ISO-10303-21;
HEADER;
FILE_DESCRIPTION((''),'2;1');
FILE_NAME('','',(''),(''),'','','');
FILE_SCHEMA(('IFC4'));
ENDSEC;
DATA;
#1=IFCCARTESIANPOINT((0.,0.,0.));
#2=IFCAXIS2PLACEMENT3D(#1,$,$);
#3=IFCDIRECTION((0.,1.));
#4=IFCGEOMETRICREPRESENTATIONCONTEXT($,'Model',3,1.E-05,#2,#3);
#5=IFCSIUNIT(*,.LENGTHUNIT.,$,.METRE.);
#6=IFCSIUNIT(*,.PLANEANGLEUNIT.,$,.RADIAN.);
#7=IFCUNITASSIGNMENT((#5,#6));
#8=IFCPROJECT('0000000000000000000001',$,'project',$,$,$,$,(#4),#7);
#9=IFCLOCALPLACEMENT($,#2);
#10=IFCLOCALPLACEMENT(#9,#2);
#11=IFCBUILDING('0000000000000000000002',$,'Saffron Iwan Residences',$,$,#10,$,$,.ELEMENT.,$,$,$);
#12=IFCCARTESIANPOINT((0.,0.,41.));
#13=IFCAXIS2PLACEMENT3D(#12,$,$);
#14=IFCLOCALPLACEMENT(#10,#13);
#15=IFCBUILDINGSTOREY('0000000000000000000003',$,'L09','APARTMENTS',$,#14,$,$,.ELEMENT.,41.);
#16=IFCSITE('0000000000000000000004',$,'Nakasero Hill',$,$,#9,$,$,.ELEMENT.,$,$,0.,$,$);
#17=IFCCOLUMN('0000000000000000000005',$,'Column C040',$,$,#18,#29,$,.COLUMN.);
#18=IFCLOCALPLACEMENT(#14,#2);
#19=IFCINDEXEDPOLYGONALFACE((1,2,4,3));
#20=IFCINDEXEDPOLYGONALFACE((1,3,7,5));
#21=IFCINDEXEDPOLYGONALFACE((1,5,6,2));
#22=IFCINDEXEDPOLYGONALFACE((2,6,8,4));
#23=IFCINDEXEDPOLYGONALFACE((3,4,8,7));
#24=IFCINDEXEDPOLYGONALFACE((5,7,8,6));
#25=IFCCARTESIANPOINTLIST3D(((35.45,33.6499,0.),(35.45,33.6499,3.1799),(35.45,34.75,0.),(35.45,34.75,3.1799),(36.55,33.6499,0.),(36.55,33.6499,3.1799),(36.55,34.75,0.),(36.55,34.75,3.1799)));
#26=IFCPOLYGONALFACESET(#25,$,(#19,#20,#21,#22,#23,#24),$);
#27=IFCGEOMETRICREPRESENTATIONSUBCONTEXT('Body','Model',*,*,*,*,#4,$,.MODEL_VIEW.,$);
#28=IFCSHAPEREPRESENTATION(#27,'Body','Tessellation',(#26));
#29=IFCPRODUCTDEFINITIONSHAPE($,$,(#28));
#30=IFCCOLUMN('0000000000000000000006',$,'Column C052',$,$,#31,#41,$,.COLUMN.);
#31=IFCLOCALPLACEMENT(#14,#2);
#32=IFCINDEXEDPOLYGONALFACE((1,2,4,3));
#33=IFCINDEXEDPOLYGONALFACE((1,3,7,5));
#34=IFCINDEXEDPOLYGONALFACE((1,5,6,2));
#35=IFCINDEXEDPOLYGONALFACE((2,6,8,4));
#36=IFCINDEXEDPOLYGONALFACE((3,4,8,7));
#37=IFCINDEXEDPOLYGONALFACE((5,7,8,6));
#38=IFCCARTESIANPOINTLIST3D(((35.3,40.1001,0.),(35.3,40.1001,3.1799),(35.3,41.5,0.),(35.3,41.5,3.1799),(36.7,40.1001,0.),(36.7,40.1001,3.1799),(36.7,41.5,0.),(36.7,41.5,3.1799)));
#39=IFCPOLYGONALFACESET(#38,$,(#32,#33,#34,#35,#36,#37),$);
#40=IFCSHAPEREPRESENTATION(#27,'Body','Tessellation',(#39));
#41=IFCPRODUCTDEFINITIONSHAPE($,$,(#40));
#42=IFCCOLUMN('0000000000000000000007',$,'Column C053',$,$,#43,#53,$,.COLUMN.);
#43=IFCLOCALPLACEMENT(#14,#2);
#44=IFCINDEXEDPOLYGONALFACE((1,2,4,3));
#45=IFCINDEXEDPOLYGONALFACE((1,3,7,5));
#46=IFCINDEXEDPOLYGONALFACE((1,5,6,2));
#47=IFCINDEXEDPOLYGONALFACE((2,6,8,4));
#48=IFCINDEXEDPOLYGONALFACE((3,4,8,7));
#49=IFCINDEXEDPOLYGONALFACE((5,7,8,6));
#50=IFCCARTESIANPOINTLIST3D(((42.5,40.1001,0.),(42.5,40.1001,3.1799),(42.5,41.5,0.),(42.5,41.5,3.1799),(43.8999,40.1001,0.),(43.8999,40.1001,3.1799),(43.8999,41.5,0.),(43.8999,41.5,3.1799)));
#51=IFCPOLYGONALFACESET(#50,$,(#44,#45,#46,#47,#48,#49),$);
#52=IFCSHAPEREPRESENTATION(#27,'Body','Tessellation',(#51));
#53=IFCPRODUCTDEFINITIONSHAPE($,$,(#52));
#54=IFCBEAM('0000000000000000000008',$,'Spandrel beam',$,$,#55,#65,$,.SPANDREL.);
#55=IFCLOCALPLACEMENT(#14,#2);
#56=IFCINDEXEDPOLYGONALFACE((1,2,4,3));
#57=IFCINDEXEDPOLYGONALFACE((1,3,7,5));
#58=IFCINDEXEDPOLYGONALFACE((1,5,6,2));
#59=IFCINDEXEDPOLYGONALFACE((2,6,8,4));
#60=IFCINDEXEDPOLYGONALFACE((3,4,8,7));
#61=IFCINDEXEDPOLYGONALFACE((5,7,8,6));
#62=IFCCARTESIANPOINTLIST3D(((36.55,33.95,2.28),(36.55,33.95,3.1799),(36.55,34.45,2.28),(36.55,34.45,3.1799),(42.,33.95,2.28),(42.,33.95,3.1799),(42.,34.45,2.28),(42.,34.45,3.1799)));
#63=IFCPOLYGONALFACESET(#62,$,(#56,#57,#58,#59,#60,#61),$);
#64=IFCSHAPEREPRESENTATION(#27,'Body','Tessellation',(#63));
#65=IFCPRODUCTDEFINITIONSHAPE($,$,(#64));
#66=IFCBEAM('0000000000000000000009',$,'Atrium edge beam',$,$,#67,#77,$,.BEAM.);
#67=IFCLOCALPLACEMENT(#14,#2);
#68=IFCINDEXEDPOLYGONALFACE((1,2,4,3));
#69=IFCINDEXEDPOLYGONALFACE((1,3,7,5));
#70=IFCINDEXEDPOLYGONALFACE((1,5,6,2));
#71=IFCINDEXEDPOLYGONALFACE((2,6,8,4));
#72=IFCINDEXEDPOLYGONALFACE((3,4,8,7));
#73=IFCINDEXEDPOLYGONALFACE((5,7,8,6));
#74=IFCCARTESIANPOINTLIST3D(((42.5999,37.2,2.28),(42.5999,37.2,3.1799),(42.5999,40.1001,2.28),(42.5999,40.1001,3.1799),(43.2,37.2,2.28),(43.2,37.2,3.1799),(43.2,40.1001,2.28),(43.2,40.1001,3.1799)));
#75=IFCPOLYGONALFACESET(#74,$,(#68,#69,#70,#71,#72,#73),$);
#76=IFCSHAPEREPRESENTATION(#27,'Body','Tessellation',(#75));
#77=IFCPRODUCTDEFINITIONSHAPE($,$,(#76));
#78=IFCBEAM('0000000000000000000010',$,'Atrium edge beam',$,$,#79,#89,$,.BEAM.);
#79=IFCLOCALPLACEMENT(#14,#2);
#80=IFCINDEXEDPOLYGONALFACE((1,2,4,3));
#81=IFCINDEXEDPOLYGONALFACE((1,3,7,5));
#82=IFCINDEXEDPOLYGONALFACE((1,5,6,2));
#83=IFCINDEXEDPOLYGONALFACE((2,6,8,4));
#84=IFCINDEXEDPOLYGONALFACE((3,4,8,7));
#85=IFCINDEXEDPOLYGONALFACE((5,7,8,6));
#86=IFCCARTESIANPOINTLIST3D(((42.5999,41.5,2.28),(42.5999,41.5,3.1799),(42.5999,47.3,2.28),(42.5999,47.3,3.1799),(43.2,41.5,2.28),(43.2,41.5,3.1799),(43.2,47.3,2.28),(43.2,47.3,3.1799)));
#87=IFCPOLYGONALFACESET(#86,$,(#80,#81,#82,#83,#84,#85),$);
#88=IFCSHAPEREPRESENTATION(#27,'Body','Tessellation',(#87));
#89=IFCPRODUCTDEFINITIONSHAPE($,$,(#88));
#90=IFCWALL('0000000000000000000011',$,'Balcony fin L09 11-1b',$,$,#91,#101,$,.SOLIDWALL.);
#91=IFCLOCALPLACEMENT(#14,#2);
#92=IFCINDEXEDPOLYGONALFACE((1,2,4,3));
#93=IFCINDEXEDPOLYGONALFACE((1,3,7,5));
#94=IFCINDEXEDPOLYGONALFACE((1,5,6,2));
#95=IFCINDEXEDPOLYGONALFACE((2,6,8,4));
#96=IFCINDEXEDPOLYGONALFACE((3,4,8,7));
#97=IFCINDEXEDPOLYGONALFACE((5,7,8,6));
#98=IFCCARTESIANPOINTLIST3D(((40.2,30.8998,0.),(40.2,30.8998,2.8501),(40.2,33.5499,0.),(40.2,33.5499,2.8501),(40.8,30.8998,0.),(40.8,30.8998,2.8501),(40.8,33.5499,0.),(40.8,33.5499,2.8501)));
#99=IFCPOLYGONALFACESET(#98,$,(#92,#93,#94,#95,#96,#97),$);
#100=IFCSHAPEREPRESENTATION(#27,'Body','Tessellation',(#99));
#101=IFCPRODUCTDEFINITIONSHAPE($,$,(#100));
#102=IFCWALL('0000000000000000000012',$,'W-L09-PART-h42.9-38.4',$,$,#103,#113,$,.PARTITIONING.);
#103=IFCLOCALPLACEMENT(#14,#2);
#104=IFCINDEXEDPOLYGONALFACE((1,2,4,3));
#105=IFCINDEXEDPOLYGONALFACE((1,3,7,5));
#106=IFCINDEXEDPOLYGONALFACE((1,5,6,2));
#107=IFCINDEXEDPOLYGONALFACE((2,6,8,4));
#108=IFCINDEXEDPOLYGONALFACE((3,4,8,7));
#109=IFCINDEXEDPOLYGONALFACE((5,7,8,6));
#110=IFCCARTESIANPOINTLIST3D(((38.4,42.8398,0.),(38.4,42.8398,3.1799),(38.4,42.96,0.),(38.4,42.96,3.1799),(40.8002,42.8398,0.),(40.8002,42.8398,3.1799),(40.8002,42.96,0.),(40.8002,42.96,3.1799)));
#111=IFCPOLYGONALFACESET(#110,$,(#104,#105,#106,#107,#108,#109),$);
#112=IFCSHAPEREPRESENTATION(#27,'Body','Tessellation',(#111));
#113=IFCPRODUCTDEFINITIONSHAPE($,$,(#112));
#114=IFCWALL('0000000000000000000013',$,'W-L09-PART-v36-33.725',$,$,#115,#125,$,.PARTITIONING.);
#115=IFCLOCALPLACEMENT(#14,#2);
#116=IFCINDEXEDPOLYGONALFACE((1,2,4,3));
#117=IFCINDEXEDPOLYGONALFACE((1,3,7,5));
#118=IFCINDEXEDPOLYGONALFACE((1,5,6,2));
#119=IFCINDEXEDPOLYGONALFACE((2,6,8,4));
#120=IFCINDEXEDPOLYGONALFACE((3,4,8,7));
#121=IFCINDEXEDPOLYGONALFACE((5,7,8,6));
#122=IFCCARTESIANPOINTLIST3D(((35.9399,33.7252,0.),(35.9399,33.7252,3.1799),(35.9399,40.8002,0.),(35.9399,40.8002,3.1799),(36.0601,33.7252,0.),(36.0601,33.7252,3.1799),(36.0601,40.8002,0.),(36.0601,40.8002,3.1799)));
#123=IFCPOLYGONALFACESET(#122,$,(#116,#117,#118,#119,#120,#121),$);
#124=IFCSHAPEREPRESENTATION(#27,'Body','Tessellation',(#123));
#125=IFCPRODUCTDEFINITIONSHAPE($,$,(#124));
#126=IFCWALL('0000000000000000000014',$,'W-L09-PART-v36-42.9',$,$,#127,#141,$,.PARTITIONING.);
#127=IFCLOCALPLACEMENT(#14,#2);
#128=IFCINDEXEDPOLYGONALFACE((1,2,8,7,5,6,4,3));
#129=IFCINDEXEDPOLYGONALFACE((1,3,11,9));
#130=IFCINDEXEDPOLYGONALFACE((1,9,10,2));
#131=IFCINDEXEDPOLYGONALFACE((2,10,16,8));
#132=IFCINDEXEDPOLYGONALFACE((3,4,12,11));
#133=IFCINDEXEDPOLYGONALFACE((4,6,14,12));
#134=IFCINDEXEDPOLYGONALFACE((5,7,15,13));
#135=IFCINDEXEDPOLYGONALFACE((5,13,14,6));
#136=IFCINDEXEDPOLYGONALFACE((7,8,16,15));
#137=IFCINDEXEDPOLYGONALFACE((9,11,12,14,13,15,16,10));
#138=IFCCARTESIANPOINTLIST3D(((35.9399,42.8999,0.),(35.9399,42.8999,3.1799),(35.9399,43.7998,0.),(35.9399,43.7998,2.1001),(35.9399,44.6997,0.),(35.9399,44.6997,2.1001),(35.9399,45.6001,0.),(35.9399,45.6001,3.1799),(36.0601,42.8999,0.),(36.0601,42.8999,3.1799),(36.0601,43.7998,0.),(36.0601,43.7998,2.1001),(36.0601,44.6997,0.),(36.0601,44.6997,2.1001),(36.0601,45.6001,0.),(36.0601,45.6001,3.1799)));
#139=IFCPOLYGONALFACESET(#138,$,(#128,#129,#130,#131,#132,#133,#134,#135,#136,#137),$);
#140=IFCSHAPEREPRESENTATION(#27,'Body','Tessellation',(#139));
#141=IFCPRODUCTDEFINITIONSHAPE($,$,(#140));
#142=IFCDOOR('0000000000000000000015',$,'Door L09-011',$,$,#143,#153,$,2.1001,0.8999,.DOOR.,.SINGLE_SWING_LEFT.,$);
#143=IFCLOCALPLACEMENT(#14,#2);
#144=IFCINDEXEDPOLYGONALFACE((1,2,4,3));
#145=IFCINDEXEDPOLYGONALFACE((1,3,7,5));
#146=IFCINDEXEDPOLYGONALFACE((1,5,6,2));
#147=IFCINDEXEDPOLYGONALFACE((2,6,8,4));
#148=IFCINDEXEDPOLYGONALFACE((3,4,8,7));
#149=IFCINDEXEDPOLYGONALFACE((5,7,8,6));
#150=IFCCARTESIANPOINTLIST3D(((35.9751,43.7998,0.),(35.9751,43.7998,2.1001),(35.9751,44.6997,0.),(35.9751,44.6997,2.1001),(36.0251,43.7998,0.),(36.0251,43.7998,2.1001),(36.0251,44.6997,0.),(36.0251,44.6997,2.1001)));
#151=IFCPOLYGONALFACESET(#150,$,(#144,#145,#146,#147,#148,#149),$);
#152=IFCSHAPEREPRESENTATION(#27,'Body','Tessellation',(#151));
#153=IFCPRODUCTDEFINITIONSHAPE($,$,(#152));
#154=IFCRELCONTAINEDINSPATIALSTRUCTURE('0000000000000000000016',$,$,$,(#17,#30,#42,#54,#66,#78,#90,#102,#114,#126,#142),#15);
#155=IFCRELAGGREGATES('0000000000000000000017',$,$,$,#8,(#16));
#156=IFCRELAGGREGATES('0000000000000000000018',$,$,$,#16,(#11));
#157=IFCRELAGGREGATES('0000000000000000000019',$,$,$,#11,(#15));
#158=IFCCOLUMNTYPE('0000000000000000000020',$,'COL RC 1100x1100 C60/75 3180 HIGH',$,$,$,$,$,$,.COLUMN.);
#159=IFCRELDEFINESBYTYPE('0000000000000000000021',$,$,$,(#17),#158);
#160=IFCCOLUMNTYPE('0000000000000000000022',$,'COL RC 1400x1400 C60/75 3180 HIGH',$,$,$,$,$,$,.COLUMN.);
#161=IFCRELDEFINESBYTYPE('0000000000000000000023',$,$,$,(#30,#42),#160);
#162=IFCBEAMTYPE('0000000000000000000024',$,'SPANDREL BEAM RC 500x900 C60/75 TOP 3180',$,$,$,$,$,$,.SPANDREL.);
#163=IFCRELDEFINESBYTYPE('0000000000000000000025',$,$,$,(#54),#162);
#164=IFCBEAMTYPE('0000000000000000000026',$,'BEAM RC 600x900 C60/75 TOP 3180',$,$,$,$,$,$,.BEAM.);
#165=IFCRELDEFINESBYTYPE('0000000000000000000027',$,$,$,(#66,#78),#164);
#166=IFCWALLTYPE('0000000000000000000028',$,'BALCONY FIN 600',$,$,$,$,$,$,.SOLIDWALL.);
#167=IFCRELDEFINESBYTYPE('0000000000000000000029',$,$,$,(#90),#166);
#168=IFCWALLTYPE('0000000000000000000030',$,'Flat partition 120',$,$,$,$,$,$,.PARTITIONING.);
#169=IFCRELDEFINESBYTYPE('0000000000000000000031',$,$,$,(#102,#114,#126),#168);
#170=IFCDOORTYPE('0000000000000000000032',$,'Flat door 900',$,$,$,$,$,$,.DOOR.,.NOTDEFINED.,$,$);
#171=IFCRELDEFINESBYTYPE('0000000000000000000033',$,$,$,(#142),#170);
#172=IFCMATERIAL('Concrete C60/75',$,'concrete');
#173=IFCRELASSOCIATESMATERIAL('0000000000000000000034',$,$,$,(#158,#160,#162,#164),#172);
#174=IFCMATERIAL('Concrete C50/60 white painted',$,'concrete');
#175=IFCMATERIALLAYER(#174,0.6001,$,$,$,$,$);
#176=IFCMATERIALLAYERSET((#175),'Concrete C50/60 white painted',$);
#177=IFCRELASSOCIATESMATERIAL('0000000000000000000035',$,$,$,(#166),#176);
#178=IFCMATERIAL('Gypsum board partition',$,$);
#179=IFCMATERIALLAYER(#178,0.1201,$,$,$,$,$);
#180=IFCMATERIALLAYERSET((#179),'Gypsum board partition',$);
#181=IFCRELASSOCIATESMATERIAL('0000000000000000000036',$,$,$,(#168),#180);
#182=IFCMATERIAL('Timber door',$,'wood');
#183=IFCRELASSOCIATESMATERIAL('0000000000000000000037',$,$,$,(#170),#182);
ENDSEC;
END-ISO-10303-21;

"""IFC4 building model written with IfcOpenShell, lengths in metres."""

from ifc_helpers import new_model, si_unit, direction, frame, frame_2d, origin, origin_2d, place, context, subcontext, project, spatial, rectangle, extrude, source, transform, mapped, material, layer, layer_set, material_profile, profile_set, type_object, element, fill, save


model = new_model("IFC4")

# Units and contexts
model_context = context("Model", 3, precision=1e-05, world=origin(), true_north=direction((0.0, 1.0)))
body_context = subcontext(model_context, "Body", "Model", "MODEL_VIEW")
ifc_project = project(units=[si_unit("LENGTHUNIT", "METRE"), si_unit("PLANEANGLEUNIT", "RADIAN")], contexts=[model_context])

# Site, building, storey
site_placement = place(None, origin())
site = spatial("IfcSite", under=ifc_project, at=site_placement, Name="Nakasero Hill", CompositionType="ELEMENT", RefElevation=0.0)
building_placement = place(site_placement, origin())
building = spatial("IfcBuilding", under=site, at=building_placement, Name="Saffron Iwan Residences", CompositionType="ELEMENT")
storey_placement = place(building_placement, frame((0.0, 0.0, 41.0)))
storey = spatial("IfcBuildingStorey", under=building, at=storey_placement, Name="L09", Description="APARTMENTS", CompositionType="ELEMENT", Elevation=41.0)

# Columns
ifc_material_1 = material(Name="Concrete C60/75", Category="concrete")
ifc_material_profile_1 = material_profile(ifc_material_1, rectangle(XDim=1.1001, YDim=1.1001, at=origin_2d()), Name="RC 1100x1100")
ifc_profile_set_1 = profile_set([ifc_material_profile_1], Name="Concrete C60/75")
column_type_1 = type_object("IfcColumnType", Name="COL RC 1100x1100 C60/75 3180 HIGH", PredefinedType="COLUMN", material=ifc_profile_set_1)
shared_shape_1 = source(origin(), body_context, "Body", "SweptSolid", [
    extrude(rectangle(XDim=1.1001, YDim=1.1001, at=origin_2d()), origin(), (0.0, 0.0, 1.0), 3.1799),
])
column_placement = place(storey_placement, frame((36.0, 34.2, 0.0), z_axis=(0.0, 0.0, 1.0), x_axis=(1.0, 0.0, 0.0)))
element("IfcColumn", 1, at=column_placement, inside=storey, type_object=column_type_1, Name="Column C040", PredefinedType="COLUMN", context=body_context, shape_type="MappedRepresentation", body=[
    mapped(shared_shape_1, transform((0.0, 0.0, 0.0))),
])
ifc_material_profile_2 = material_profile(ifc_material_1, rectangle(XDim=1.3999, YDim=1.3999, at=origin_2d()), Name="RC 1400x1400")
ifc_profile_set_2 = profile_set([ifc_material_profile_2], Name="Concrete C60/75")
column_type_2 = type_object("IfcColumnType", Name="COL RC 1400x1400 C60/75 3180 HIGH", PredefinedType="COLUMN", material=ifc_profile_set_2)
shared_shape_2 = source(origin(), body_context, "Body", "SweptSolid", [
    extrude(rectangle(XDim=1.3999, YDim=1.3999, at=origin_2d()), origin(), (0.0, 0.0, 1.0), 3.1799),
])
for number, where, z_axis, x_axis, name in (
    (2, (36.0, 40.8, 0.0), (0.0, 0.0, 1.0), (1.0, 0.0, 0.0), "Column C052"),
    (3, (43.2, 40.8, 0.0), (0.0, 0.0, 1.0), (1.0, 0.0, 0.0), "Column C053"),
):
    element("IfcColumn", number, at=place(storey_placement, frame(where, z_axis=z_axis, x_axis=x_axis)), inside=storey, type_object=column_type_2, Name=name, PredefinedType="COLUMN", context=body_context, shape_type="MappedRepresentation", body=[
        mapped(shared_shape_2, transform((0.0, 0.0, 0.0))),
    ])

# Beams
ifc_material_profile_3 = material_profile(ifc_material_1, rectangle(XDim=0.5, YDim=0.8999, at=origin_2d()), Name="RC 500x900")
ifc_profile_set_3 = profile_set([ifc_material_profile_3], Name="Concrete C60/75")
beam_type_1 = type_object("IfcBeamType", Name="SPANDREL BEAM RC 500x900 C60/75 TOP 3180", PredefinedType="SPANDREL", material=ifc_profile_set_3)
shared_shape_3 = source(origin(), body_context, "Body", "SweptSolid", [
    extrude(rectangle(XDim=0.5, YDim=0.8999, at=origin_2d()), origin(), (0.0, 0.0, 1.0), 5.45),
])
beam_1_placement = place(storey_placement, frame((42.0, 34.2, 2.73), z_axis=(-1.0, 0.0, 0.0), x_axis=(0.0, -1.0, 0.0)))
element("IfcBeam", 4, at=beam_1_placement, inside=storey, type_object=beam_type_1, Name="Spandrel beam", PredefinedType="SPANDREL", context=body_context, shape_type="MappedRepresentation", body=[
    mapped(shared_shape_3, transform((0.0, 0.0, 0.0))),
])
ifc_material_profile_4 = material_profile(ifc_material_1, rectangle(XDim=0.6001, YDim=0.8999, at=origin_2d()), Name="RC 600x900")
ifc_profile_set_4 = profile_set([ifc_material_profile_4], Name="Concrete C60/75")
beam_type_2 = type_object("IfcBeamType", Name="BEAM RC 600x900 C60/75 TOP 3180", PredefinedType="BEAM", material=ifc_profile_set_4)
shared_shape_4 = source(origin(), body_context, "Body", "SweptSolid", [
    extrude(rectangle(XDim=0.6001, YDim=0.8999, at=origin_2d()), origin(), (0.0, 0.0, 1.0), 2.9001),
])
beam_2_placement = place(storey_placement, frame((42.8999, 37.2, 2.73), z_axis=(0.0, 1.0, 0.0), x_axis=(-1.0, 0.0, 0.0)))
element("IfcBeam", 5, at=beam_2_placement, inside=storey, type_object=beam_type_2, Name="Atrium edge beam", PredefinedType="BEAM", context=body_context, shape_type="MappedRepresentation", body=[
    mapped(shared_shape_4, transform((0.0, 0.0, 0.0))),
])
shared_shape_5 = source(origin(), body_context, "Body", "SweptSolid", [
    extrude(rectangle(XDim=0.6001, YDim=0.8999, at=origin_2d()), origin(), (0.0, 0.0, 1.0), 5.8),
])
beam_3_placement = place(storey_placement, frame((42.8999, 41.5, 2.73), z_axis=(0.0, 1.0, 0.0), x_axis=(-1.0, 0.0, 0.0)))
element("IfcBeam", 6, at=beam_3_placement, inside=storey, type_object=beam_type_2, Name="Atrium edge beam", PredefinedType="BEAM", context=body_context, shape_type="MappedRepresentation", body=[
    mapped(shared_shape_5, transform((0.0, 0.0, 0.0))),
])

# Wall
ifc_material_2 = material(Name="Concrete C50/60 white painted", Category="concrete")
ifc_layer_1 = layer(ifc_material_2, 0.6001)
ifc_layer_set_1 = layer_set([ifc_layer_1], Name="Concrete C50/60 white painted")
wall_type_1 = type_object("IfcWallType", Name="BALCONY FIN 600", PredefinedType="SOLIDWALL", material=ifc_layer_set_1)
wall_1_placement = place(storey_placement, frame((40.5, 33.55, 0.0), z_axis=(0.0, 0.0, 1.0), x_axis=(0.0, -1.0, 0.0)))
element("IfcWall", 7, at=wall_1_placement, inside=storey, type_object=wall_type_1, Name="Balcony fin L09 11-1b", PredefinedType="SOLIDWALL", context=body_context, shape_type="SweptSolid", body=[
    extrude(rectangle(XDim=2.6501, YDim=0.6001, at=frame_2d((1.3252, 0.0))), origin(), (0.0, 0.0, 1.0), 2.8501),
])

# Walls
ifc_material_3 = material(Name="Gypsum board partition")
ifc_layer_2 = layer(ifc_material_3, 0.1201)
ifc_layer_set_2 = layer_set([ifc_layer_2], Name="Gypsum board partition")
wall_type_2 = type_object("IfcWallType", Name="Flat partition 120", PredefinedType="PARTITIONING", material=ifc_layer_set_2)
wall_2_placement = place(storey_placement, frame((38.3999, 42.8999, 0.0), z_axis=(0.0, 0.0, 1.0), x_axis=(1.0, 0.0, 0.0)))
element("IfcWall", 8, at=wall_2_placement, inside=storey, type_object=wall_type_2, Name="W-L09-PART-h42.9-38.4", PredefinedType="PARTITIONING", context=body_context, shape_type="SweptSolid", body=[
    extrude(rectangle(XDim=2.4001, YDim=0.1201, at=frame_2d((1.2002, 0.0))), origin(), (0.0, 0.0, 1.0), 3.1799),
])
wall_3_placement = place(storey_placement, frame((36.0, 33.7251, 0.0), z_axis=(0.0, 0.0, 1.0), x_axis=(0.0, 1.0, 0.0)))
element("IfcWall", 9, at=wall_3_placement, inside=storey, type_object=wall_type_2, Name="W-L09-PART-v36-33.725", PredefinedType="PARTITIONING", context=body_context, shape_type="SweptSolid", body=[
    extrude(rectangle(XDim=7.075, YDim=0.1201, at=frame_2d((3.5376, 0.0))), origin(), (0.0, 0.0, 1.0), 3.1799),
])

# Wall, opening, door
wall_4_placement = place(storey_placement, frame((36.0, 42.8999, 0.0), z_axis=(0.0, 0.0, 1.0), x_axis=(0.0, 1.0, 0.0)))
wall_4 = element("IfcWall", 10, at=wall_4_placement, inside=storey, type_object=wall_type_2, Name="W-L09-PART-v36-42.9", PredefinedType="PARTITIONING", context=body_context, shape_type="SweptSolid", body=[
    extrude(rectangle(XDim=2.7002, YDim=0.1201, at=frame_2d((1.3501, 0.0))), origin(), (0.0, 0.0, 1.0), 3.1799),
])
opening_1_placement = place(wall_4_placement, frame((0.8999, 0.0, 0.0)))
opening_1 = element("IfcOpeningElement", 11, at=opening_1_placement, cuts=wall_4, PredefinedType="OPENING", context=body_context, shape_type="SweptSolid", body=[
    extrude(rectangle(XDim=0.8999, YDim=2.1001, at=frame_2d((0.45, 1.05))), frame((0.0, 0.0701, 0.0), z_axis=(0.0, -1.0, 0.0), x_axis=(1.0, 0.0, 0.0)), (0.0, 0.0, 1.0), 0.1401),
])
ifc_material_4 = material(Name="Timber door", Category="wood")
door_type_1 = type_object("IfcDoorType", Name="Flat door 900", OperationType="NOTDEFINED", PredefinedType="DOOR", material=ifc_material_4)
door_1_placement = place(opening_1_placement, origin())
door_1 = element("IfcDoor", 12, at=door_1_placement, inside=storey, type_object=door_type_1, Name="Door L09-011", OperationType="SINGLE_SWING_LEFT", OverallHeight=2.1001, OverallWidth=0.8999, PredefinedType="DOOR", context=body_context, shape_type="SweptSolid", body=[
    extrude(rectangle(XDim=0.8999, YDim=2.1001, at=frame_2d((0.45, 1.05))), frame((0.0, 0.0249, 0.0), z_axis=(0.0, -1.0, 0.0), x_axis=(1.0, 0.0, 0.0)), (0.0, 0.0, 1.0), 0.05),
])
fill(opening_1, door_1)

save(model, "model.ifc")
